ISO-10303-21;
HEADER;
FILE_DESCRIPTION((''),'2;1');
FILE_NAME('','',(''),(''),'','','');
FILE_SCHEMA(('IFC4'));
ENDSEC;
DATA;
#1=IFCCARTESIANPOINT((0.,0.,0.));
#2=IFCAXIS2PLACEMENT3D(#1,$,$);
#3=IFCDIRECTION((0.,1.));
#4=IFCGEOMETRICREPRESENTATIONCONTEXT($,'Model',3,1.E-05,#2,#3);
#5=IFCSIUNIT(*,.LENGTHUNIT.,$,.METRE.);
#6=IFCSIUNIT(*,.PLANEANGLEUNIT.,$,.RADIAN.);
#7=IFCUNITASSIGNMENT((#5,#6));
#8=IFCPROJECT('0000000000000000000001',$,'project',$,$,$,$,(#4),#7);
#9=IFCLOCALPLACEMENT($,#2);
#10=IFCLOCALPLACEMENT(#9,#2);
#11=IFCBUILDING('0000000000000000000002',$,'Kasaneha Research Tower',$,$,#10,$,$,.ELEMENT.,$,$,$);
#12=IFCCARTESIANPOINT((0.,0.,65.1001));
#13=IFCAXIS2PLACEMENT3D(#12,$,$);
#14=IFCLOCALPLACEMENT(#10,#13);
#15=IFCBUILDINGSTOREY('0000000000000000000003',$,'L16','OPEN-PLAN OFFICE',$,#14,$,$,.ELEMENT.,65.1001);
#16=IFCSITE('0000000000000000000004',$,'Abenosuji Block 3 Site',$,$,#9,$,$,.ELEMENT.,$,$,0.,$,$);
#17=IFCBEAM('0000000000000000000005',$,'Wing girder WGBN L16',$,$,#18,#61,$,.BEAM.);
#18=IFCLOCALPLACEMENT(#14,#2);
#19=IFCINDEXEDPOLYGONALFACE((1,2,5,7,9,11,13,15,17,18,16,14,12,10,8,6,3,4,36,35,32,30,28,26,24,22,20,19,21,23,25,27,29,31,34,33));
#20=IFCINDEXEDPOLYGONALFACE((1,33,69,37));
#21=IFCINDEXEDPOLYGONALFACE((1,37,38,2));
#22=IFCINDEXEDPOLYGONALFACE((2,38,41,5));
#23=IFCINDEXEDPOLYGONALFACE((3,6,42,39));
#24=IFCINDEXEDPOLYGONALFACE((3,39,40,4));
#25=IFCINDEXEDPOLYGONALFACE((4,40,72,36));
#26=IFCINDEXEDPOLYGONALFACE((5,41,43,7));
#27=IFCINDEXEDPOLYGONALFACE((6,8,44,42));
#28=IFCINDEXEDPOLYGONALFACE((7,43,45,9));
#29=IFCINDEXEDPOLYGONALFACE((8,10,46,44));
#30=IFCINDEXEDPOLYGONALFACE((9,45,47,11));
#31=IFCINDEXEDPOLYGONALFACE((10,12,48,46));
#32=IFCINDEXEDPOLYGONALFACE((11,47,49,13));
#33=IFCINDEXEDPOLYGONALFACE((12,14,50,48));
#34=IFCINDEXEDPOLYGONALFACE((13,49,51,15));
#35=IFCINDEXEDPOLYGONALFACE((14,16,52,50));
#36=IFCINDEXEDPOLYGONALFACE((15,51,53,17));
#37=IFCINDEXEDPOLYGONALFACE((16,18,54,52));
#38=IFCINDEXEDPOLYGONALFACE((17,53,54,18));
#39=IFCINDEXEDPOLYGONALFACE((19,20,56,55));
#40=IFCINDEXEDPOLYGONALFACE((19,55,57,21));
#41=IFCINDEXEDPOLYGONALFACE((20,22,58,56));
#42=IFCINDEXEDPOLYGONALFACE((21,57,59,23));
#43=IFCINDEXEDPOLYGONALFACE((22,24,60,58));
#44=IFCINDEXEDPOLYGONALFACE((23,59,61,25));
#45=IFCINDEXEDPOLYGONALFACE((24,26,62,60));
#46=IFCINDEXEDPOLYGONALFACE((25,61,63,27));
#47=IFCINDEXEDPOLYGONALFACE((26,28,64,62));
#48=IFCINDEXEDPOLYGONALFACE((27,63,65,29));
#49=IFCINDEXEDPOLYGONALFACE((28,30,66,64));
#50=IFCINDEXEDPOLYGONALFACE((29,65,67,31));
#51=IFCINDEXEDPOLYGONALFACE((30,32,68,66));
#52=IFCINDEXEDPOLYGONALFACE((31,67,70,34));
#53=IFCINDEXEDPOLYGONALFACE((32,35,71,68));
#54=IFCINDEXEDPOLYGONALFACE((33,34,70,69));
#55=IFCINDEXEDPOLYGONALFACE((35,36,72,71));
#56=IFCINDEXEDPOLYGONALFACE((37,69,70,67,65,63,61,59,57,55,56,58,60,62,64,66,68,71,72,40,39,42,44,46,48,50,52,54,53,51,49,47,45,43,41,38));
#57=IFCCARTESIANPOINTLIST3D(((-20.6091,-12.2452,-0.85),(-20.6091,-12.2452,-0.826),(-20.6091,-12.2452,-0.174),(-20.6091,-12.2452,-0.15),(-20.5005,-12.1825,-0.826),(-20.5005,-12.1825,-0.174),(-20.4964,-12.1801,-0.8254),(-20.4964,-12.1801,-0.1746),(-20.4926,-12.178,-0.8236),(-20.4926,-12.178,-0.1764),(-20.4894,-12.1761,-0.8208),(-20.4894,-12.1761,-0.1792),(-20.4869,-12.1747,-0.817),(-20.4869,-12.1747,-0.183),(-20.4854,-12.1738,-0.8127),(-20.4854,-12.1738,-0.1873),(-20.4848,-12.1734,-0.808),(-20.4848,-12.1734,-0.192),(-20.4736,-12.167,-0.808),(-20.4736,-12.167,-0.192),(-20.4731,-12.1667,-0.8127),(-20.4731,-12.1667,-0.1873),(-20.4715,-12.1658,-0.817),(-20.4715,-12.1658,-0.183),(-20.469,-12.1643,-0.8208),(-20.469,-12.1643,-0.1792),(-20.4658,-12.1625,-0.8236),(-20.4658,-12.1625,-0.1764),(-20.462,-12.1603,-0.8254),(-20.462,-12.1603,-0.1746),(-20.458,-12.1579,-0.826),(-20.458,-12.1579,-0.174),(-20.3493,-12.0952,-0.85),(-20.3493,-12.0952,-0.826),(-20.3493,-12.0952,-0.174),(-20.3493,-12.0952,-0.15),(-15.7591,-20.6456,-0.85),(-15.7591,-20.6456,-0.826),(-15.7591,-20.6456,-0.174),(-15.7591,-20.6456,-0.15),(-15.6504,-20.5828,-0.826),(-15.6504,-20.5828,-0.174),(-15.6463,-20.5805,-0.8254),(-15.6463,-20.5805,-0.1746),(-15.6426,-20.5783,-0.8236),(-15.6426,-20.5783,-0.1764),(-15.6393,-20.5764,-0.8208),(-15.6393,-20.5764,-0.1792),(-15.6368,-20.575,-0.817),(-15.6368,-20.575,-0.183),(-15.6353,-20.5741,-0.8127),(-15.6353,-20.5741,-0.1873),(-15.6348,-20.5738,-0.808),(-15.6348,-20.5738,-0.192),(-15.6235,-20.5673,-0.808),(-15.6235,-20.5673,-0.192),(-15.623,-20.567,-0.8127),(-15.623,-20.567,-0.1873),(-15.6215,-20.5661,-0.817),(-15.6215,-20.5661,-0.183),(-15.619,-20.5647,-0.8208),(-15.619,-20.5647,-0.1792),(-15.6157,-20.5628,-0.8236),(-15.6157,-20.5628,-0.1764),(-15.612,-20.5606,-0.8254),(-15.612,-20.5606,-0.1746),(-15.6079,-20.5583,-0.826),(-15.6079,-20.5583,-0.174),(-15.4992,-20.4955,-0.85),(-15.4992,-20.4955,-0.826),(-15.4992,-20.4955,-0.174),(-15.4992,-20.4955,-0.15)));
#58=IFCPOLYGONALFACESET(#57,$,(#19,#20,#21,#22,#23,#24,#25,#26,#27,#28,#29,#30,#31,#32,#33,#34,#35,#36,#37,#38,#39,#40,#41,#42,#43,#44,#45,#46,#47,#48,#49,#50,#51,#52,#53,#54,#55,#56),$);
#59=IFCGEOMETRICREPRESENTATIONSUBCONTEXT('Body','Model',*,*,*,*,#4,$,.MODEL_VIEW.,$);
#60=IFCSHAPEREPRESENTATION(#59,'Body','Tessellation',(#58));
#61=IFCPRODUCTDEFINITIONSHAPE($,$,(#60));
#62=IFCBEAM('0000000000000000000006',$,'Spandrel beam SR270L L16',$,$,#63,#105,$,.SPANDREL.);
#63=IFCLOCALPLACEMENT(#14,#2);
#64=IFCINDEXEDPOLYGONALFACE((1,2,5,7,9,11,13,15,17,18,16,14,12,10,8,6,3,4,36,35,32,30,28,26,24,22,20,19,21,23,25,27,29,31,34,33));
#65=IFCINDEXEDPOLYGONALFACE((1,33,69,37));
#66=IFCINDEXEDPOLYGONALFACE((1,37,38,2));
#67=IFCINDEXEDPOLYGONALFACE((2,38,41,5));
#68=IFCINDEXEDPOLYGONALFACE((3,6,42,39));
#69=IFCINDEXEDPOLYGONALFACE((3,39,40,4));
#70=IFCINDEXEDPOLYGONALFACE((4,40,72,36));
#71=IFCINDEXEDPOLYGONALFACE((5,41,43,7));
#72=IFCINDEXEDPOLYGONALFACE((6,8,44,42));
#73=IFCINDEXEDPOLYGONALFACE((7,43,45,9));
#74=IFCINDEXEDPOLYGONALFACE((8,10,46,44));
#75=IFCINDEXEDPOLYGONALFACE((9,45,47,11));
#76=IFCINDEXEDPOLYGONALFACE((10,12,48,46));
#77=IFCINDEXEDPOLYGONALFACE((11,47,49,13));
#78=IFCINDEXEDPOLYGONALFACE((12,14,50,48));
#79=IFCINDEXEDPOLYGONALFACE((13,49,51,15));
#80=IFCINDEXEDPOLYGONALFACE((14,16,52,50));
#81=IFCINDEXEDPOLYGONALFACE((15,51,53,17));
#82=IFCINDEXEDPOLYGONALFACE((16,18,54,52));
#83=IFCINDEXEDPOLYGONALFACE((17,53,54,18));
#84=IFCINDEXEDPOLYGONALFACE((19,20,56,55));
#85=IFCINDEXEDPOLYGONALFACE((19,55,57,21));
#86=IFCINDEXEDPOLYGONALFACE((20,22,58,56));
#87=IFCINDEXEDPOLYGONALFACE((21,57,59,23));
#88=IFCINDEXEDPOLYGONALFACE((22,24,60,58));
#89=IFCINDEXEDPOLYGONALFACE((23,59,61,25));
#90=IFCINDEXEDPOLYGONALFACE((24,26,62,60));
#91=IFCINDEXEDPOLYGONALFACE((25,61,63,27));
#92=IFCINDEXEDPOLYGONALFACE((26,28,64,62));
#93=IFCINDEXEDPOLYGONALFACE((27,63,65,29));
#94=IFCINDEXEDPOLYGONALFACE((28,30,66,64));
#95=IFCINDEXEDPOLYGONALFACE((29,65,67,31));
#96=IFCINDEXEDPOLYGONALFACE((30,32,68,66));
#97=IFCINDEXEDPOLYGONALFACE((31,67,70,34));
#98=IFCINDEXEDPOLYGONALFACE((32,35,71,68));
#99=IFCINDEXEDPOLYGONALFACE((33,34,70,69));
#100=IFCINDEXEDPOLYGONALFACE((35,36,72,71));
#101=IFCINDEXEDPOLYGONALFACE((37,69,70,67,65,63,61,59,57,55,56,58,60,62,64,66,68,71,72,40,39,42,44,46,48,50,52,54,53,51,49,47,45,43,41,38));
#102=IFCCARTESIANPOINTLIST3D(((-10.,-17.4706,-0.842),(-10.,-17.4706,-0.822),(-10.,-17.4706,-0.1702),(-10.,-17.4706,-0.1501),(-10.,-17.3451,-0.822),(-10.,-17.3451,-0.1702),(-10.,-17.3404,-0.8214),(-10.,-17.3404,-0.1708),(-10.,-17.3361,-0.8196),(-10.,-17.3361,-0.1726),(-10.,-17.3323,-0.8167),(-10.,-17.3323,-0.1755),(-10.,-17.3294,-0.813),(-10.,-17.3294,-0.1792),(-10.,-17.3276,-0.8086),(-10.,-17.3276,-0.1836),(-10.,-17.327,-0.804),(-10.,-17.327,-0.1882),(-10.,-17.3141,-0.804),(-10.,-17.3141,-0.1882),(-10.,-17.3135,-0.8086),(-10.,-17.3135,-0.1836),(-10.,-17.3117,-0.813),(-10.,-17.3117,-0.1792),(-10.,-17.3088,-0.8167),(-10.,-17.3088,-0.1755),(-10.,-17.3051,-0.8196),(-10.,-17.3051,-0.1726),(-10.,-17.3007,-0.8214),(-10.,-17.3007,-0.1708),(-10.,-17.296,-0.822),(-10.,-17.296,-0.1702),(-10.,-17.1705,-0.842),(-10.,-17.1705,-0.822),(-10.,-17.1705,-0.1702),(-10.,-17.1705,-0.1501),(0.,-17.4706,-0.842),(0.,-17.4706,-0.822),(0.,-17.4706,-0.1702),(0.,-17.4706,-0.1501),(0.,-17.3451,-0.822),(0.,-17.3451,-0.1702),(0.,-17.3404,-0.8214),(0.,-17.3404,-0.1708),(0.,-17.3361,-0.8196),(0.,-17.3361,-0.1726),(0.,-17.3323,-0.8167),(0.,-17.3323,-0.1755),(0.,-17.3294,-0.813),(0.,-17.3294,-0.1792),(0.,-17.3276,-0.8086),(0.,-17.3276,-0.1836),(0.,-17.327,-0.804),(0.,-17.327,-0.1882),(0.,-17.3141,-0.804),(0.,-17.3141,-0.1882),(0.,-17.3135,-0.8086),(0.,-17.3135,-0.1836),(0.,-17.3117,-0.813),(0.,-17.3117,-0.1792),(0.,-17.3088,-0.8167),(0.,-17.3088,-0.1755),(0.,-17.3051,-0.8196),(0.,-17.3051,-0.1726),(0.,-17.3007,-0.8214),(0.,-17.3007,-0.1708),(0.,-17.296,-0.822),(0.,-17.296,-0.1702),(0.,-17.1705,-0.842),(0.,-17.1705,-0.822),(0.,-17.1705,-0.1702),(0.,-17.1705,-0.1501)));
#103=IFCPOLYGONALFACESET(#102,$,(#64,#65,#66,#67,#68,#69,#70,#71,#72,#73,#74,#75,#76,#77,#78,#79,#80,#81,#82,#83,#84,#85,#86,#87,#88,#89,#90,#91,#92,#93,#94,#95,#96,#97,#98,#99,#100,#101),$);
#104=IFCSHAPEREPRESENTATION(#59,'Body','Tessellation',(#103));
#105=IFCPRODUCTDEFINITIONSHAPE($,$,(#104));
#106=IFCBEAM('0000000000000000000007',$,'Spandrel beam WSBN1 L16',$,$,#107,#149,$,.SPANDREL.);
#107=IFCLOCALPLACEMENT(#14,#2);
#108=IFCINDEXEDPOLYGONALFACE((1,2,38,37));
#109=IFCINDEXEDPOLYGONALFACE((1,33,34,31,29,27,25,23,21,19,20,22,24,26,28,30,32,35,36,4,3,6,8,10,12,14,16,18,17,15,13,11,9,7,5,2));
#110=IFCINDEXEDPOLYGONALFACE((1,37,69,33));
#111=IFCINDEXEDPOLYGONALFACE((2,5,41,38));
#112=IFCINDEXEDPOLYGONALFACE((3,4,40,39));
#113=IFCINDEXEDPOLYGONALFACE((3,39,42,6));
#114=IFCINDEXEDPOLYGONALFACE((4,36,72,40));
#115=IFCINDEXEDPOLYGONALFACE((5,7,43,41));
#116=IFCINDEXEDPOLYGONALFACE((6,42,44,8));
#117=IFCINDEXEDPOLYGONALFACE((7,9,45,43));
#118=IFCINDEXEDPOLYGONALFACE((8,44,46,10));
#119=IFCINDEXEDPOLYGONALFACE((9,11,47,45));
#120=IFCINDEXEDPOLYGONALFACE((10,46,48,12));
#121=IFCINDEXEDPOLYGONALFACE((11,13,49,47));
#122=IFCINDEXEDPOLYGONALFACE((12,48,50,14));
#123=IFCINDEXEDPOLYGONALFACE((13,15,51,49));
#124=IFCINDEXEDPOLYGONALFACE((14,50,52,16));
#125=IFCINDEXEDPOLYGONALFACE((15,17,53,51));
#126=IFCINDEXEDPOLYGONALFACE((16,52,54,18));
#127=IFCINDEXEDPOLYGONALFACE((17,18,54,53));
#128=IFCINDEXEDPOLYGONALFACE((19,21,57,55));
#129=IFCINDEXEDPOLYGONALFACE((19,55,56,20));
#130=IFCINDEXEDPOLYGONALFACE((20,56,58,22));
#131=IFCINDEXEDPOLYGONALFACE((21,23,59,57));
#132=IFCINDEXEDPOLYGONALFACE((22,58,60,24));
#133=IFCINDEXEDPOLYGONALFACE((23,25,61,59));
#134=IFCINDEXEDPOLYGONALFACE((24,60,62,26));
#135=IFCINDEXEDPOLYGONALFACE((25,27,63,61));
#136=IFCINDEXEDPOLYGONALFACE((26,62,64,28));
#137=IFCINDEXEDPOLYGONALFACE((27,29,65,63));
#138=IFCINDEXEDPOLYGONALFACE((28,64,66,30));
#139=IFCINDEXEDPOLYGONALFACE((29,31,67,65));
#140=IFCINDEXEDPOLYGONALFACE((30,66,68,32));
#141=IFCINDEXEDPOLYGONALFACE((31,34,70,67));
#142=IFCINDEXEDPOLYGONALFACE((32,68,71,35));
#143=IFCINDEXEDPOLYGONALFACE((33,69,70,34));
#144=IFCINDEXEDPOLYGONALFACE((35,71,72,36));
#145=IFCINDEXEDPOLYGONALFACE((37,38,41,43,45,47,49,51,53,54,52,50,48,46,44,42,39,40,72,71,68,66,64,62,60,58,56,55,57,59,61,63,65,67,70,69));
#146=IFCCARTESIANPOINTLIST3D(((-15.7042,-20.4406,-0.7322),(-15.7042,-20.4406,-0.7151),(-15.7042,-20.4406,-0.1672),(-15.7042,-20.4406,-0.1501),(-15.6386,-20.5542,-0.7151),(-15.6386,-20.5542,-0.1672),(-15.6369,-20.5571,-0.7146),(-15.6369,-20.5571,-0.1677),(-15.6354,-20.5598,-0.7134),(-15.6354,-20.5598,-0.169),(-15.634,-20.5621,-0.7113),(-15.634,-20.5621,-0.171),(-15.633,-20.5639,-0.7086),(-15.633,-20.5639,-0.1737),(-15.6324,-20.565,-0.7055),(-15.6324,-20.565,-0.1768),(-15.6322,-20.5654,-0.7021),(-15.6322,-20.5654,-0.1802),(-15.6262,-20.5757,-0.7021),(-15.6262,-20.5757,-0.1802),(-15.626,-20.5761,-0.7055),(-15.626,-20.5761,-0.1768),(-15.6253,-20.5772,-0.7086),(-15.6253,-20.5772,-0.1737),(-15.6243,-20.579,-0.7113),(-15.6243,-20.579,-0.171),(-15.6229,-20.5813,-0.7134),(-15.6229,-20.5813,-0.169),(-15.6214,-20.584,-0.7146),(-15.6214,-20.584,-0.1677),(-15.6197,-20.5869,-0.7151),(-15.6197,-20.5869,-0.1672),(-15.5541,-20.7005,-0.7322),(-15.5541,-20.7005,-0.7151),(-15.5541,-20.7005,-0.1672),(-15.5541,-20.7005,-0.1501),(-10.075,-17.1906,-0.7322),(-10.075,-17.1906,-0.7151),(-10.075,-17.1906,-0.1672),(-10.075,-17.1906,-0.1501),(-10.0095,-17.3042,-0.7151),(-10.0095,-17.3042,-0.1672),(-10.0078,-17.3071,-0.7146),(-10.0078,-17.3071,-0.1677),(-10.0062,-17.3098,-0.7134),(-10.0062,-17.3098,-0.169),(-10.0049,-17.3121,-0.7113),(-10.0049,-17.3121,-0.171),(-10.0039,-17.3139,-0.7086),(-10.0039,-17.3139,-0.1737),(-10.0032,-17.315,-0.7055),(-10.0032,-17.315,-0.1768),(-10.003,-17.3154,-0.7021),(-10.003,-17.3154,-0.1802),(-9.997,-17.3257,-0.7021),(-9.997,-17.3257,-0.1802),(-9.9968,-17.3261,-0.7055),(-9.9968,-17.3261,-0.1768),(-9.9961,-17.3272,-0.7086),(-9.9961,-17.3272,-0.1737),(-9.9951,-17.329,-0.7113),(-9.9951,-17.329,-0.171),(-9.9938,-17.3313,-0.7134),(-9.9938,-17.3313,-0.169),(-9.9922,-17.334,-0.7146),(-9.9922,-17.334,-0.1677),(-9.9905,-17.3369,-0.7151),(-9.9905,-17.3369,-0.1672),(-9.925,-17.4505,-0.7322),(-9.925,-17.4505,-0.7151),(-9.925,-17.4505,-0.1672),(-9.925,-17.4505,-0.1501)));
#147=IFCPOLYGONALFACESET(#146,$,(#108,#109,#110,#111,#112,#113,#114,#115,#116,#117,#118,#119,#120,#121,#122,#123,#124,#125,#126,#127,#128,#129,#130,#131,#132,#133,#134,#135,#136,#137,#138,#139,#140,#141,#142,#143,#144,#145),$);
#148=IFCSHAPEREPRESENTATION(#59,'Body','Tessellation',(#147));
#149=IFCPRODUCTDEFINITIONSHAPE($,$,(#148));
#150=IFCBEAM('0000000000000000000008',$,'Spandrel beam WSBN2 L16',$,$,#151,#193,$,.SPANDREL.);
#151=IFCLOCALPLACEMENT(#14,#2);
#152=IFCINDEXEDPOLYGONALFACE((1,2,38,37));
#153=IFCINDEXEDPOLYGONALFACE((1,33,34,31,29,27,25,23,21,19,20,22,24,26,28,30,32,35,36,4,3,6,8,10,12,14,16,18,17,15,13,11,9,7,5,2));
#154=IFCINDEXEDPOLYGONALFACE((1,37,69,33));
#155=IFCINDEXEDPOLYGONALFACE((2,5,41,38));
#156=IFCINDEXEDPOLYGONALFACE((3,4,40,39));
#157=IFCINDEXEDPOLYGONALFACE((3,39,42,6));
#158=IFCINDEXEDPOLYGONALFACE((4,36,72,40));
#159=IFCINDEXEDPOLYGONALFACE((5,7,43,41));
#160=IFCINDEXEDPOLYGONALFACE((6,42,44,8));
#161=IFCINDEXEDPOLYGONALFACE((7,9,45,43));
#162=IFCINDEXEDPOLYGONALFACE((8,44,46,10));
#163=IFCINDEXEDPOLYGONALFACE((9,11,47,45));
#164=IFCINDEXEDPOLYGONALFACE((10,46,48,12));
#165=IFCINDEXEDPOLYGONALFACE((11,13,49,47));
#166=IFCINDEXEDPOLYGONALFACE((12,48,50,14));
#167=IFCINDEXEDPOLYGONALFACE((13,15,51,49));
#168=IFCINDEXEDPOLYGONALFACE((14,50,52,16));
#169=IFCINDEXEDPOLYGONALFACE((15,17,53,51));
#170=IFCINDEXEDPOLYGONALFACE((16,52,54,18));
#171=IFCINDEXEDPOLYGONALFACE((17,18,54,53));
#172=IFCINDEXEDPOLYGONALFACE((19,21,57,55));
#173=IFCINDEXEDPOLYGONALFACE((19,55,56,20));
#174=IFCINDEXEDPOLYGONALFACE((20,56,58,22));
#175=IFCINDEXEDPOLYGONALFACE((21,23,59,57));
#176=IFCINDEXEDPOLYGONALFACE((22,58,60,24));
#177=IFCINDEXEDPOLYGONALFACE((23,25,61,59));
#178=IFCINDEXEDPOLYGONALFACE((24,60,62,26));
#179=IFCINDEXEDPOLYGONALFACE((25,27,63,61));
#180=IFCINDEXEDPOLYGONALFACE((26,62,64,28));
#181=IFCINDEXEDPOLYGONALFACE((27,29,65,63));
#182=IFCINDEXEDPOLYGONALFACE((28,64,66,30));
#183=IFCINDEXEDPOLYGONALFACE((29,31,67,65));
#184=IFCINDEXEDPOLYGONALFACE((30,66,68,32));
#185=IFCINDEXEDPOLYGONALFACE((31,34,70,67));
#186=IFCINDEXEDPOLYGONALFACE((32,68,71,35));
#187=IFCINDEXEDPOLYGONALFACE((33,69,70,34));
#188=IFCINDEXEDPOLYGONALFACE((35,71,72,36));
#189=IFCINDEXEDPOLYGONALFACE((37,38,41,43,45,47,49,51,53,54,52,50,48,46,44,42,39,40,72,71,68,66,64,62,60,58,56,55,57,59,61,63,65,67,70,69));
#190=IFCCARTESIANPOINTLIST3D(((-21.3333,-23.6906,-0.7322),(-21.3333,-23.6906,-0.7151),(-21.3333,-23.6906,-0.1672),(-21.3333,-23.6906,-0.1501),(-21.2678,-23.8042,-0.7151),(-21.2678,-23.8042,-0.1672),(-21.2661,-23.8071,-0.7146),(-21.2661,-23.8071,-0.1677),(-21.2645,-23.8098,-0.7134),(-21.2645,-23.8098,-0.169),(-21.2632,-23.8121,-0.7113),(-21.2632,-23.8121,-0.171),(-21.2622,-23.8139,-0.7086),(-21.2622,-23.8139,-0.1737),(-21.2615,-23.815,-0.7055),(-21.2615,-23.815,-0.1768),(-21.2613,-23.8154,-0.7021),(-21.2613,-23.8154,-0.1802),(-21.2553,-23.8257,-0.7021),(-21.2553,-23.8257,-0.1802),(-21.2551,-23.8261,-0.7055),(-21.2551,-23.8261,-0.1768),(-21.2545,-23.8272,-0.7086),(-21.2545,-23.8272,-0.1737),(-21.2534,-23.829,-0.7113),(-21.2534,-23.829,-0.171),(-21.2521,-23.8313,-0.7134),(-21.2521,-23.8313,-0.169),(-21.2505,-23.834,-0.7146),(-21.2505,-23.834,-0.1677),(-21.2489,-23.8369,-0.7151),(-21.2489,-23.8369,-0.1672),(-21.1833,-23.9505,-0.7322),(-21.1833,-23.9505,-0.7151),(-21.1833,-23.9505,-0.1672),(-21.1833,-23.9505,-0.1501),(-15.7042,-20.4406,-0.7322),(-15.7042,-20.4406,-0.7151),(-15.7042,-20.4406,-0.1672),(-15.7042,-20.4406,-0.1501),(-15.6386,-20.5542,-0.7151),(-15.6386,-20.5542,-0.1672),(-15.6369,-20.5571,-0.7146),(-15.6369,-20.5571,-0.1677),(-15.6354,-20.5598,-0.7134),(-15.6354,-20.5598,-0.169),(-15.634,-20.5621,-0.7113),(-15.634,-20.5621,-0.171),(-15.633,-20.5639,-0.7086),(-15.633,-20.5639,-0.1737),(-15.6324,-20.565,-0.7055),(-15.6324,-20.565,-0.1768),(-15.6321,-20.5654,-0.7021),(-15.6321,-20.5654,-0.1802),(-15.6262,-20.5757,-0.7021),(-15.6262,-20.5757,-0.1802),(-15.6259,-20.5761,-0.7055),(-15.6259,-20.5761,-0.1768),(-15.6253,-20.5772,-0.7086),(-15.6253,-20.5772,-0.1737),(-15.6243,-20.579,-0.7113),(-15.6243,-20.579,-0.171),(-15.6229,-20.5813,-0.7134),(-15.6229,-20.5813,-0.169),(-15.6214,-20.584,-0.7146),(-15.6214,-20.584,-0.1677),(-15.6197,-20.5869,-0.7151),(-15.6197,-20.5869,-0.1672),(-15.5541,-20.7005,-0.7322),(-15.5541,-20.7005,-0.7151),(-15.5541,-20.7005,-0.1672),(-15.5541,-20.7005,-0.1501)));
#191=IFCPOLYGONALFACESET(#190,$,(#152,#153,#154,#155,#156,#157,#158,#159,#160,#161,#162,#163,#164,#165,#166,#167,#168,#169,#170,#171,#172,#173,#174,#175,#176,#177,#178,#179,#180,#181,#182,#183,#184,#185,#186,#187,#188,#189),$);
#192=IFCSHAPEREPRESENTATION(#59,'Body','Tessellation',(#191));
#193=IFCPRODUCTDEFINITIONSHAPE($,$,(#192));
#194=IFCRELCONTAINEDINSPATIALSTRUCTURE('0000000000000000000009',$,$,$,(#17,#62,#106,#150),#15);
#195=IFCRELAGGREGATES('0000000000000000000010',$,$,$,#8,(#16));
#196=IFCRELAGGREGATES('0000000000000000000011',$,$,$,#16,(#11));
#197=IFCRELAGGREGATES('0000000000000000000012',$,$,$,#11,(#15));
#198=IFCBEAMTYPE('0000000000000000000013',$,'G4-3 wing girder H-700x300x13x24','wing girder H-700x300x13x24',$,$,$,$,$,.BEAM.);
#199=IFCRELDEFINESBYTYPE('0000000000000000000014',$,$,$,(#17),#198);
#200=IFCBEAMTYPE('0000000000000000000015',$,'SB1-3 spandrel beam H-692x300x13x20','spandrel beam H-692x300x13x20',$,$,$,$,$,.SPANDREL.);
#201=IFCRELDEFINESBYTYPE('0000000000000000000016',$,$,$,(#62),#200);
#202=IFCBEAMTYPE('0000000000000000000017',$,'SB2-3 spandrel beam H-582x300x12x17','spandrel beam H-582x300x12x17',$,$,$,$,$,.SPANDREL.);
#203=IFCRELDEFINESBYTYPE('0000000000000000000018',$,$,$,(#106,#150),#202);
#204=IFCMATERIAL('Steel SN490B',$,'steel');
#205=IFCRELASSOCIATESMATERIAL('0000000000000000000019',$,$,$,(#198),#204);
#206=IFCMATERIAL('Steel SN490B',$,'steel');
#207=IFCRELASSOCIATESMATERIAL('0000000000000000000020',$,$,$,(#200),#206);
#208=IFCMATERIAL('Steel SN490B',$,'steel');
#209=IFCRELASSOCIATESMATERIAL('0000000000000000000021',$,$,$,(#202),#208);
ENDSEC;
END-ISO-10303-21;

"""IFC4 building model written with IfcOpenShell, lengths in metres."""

from ifc_helpers import new_model, si_unit, direction, frame, origin, origin_2d, place, context, subcontext, project, spatial, i_section, extrude, material, material_profile, profile_set, type_object, element, save


model = new_model("IFC4")

# Units and contexts
model_context = context("Model", 3, precision=1e-05, world=origin(), true_north=direction((0.0, 1.0)))
body_context = subcontext(model_context, "Body", "Model", "MODEL_VIEW")
ifc_project = project(units=[si_unit("LENGTHUNIT", "METRE"), si_unit("PLANEANGLEUNIT", "RADIAN")], contexts=[model_context])

# Site, building, storey
site_placement = place(None, origin())
site = spatial("IfcSite", under=ifc_project, at=site_placement, Name="Abenosuji Block 3 Site", CompositionType="ELEMENT", RefElevation=0.0)
building_placement = place(site_placement, origin())
building = spatial("IfcBuilding", under=site, at=building_placement, Name="Kasaneha Research Tower", CompositionType="ELEMENT")
storey_placement = place(building_placement, frame((0.0, 0.0, 65.1001)))
storey = spatial("IfcBuildingStorey", under=building, at=storey_placement, Name="L16", Description="OPEN-PLAN OFFICE", CompositionType="ELEMENT", Elevation=65.1001)

# Beams
ifc_material_1 = material(Name="Steel SN490B", Category="steel")
ifc_material_profile_1 = material_profile(ifc_material_1, i_section(OverallWidth=0.3, OverallDepth=0.7, WebThickness=0.0129, FlangeThickness=0.0239, FilletRadius=0.0181, at=origin_2d()), Name="H-700x300x13x24")
ifc_profile_set_1 = profile_set([ifc_material_profile_1], Name="Steel SN490B")
beam_type_1 = type_object("IfcBeamType", Name="G4-3 wing girder H-700x300x13x24", Description="wing girder H-700x300x13x24", PredefinedType="BEAM", material=ifc_profile_set_1)
beam_1_placement = place(storey_placement, frame((-15.6292, -20.5706, -0.5), z_axis=(-0.50001, 0.86602, 0.0), x_axis=(-0.86602, -0.50001, 0.0)))
element("IfcBeam", 1, at=beam_1_placement, inside=storey, type_object=beam_type_1, Name="Wing girder WGBN L16", PredefinedType="BEAM", context=body_context, shape_type="SweptSolid", body=[
    extrude(i_section(OverallWidth=0.3, OverallDepth=0.7, WebThickness=0.0129, FlangeThickness=0.0239, FilletRadius=0.0181, at=origin_2d()), origin(), (0.0, 0.0, 1.0), 9.7),
])
ifc_material_2 = material(Name="Steel SN490B", Category="steel")
ifc_material_profile_2 = material_profile(ifc_material_2, i_section(OverallWidth=0.3, OverallDepth=0.6919, WebThickness=0.0129, FlangeThickness=0.02, FilletRadius=0.0181, at=origin_2d()), Name="H-692x300x13x20")
ifc_profile_set_2 = profile_set([ifc_material_profile_2], Name="Steel SN490B")
beam_type_2 = type_object("IfcBeamType", Name="SB1-3 spandrel beam H-692x300x13x20", Description="spandrel beam H-692x300x13x20", PredefinedType="SPANDREL", material=ifc_profile_set_2)
beam_2_placement = place(storey_placement, frame((-10.0, -17.3206, -0.4961), z_axis=(1.0, 0.0, 0.0), x_axis=(0.0, 1.0, 0.0)))
element("IfcBeam", 2, at=beam_2_placement, inside=storey, type_object=beam_type_2, Name="Spandrel beam SR270L L16", PredefinedType="SPANDREL", context=body_context, shape_type="SweptSolid", body=[
    extrude(i_section(OverallWidth=0.3, OverallDepth=0.6919, WebThickness=0.0129, FlangeThickness=0.02, FilletRadius=0.0181, at=origin_2d()), origin(), (0.0, 0.0, 1.0), 10.0),
])
ifc_material_3 = material(Name="Steel SN490B", Category="steel")
ifc_material_profile_3 = material_profile(ifc_material_3, i_section(OverallWidth=0.3, OverallDepth=0.582, WebThickness=0.012, FlangeThickness=0.0171, FilletRadius=0.0129, at=origin_2d()), Name="H-582x300x12x17")
ifc_profile_set_3 = profile_set([ifc_material_profile_3], Name="Steel SN490B")
beam_type_3 = type_object("IfcBeamType", Name="SB2-3 spandrel beam H-582x300x12x17", Description="spandrel beam H-582x300x12x17", PredefinedType="SPANDREL", material=ifc_profile_set_3)
for number, where, z_axis, x_axis, name in (
    (3, (-10.0, -17.3206, -0.4412), (-0.866025, -0.500001, 0.0), (0.500001, -0.866025, 0.0), "Spandrel beam WSBN1 L16"),
    (4, (-15.6292, -20.5706, -0.4412), (-0.866025, -0.500001, 0.0), (0.500001, -0.866025, 0.0), "Spandrel beam WSBN2 L16"),
):
    element("IfcBeam", number, at=place(storey_placement, frame(where, z_axis=z_axis, x_axis=x_axis)), inside=storey, type_object=beam_type_3, Name=name, PredefinedType="SPANDREL", context=body_context, shape_type="SweptSolid", body=[
        extrude(i_section(OverallWidth=0.3, OverallDepth=0.582, WebThickness=0.012, FlangeThickness=0.0171, FilletRadius=0.0129, at=origin_2d()), origin(), (0.0, 0.0, 1.0), 6.5),
    ])

save(model, "model.ifc")
